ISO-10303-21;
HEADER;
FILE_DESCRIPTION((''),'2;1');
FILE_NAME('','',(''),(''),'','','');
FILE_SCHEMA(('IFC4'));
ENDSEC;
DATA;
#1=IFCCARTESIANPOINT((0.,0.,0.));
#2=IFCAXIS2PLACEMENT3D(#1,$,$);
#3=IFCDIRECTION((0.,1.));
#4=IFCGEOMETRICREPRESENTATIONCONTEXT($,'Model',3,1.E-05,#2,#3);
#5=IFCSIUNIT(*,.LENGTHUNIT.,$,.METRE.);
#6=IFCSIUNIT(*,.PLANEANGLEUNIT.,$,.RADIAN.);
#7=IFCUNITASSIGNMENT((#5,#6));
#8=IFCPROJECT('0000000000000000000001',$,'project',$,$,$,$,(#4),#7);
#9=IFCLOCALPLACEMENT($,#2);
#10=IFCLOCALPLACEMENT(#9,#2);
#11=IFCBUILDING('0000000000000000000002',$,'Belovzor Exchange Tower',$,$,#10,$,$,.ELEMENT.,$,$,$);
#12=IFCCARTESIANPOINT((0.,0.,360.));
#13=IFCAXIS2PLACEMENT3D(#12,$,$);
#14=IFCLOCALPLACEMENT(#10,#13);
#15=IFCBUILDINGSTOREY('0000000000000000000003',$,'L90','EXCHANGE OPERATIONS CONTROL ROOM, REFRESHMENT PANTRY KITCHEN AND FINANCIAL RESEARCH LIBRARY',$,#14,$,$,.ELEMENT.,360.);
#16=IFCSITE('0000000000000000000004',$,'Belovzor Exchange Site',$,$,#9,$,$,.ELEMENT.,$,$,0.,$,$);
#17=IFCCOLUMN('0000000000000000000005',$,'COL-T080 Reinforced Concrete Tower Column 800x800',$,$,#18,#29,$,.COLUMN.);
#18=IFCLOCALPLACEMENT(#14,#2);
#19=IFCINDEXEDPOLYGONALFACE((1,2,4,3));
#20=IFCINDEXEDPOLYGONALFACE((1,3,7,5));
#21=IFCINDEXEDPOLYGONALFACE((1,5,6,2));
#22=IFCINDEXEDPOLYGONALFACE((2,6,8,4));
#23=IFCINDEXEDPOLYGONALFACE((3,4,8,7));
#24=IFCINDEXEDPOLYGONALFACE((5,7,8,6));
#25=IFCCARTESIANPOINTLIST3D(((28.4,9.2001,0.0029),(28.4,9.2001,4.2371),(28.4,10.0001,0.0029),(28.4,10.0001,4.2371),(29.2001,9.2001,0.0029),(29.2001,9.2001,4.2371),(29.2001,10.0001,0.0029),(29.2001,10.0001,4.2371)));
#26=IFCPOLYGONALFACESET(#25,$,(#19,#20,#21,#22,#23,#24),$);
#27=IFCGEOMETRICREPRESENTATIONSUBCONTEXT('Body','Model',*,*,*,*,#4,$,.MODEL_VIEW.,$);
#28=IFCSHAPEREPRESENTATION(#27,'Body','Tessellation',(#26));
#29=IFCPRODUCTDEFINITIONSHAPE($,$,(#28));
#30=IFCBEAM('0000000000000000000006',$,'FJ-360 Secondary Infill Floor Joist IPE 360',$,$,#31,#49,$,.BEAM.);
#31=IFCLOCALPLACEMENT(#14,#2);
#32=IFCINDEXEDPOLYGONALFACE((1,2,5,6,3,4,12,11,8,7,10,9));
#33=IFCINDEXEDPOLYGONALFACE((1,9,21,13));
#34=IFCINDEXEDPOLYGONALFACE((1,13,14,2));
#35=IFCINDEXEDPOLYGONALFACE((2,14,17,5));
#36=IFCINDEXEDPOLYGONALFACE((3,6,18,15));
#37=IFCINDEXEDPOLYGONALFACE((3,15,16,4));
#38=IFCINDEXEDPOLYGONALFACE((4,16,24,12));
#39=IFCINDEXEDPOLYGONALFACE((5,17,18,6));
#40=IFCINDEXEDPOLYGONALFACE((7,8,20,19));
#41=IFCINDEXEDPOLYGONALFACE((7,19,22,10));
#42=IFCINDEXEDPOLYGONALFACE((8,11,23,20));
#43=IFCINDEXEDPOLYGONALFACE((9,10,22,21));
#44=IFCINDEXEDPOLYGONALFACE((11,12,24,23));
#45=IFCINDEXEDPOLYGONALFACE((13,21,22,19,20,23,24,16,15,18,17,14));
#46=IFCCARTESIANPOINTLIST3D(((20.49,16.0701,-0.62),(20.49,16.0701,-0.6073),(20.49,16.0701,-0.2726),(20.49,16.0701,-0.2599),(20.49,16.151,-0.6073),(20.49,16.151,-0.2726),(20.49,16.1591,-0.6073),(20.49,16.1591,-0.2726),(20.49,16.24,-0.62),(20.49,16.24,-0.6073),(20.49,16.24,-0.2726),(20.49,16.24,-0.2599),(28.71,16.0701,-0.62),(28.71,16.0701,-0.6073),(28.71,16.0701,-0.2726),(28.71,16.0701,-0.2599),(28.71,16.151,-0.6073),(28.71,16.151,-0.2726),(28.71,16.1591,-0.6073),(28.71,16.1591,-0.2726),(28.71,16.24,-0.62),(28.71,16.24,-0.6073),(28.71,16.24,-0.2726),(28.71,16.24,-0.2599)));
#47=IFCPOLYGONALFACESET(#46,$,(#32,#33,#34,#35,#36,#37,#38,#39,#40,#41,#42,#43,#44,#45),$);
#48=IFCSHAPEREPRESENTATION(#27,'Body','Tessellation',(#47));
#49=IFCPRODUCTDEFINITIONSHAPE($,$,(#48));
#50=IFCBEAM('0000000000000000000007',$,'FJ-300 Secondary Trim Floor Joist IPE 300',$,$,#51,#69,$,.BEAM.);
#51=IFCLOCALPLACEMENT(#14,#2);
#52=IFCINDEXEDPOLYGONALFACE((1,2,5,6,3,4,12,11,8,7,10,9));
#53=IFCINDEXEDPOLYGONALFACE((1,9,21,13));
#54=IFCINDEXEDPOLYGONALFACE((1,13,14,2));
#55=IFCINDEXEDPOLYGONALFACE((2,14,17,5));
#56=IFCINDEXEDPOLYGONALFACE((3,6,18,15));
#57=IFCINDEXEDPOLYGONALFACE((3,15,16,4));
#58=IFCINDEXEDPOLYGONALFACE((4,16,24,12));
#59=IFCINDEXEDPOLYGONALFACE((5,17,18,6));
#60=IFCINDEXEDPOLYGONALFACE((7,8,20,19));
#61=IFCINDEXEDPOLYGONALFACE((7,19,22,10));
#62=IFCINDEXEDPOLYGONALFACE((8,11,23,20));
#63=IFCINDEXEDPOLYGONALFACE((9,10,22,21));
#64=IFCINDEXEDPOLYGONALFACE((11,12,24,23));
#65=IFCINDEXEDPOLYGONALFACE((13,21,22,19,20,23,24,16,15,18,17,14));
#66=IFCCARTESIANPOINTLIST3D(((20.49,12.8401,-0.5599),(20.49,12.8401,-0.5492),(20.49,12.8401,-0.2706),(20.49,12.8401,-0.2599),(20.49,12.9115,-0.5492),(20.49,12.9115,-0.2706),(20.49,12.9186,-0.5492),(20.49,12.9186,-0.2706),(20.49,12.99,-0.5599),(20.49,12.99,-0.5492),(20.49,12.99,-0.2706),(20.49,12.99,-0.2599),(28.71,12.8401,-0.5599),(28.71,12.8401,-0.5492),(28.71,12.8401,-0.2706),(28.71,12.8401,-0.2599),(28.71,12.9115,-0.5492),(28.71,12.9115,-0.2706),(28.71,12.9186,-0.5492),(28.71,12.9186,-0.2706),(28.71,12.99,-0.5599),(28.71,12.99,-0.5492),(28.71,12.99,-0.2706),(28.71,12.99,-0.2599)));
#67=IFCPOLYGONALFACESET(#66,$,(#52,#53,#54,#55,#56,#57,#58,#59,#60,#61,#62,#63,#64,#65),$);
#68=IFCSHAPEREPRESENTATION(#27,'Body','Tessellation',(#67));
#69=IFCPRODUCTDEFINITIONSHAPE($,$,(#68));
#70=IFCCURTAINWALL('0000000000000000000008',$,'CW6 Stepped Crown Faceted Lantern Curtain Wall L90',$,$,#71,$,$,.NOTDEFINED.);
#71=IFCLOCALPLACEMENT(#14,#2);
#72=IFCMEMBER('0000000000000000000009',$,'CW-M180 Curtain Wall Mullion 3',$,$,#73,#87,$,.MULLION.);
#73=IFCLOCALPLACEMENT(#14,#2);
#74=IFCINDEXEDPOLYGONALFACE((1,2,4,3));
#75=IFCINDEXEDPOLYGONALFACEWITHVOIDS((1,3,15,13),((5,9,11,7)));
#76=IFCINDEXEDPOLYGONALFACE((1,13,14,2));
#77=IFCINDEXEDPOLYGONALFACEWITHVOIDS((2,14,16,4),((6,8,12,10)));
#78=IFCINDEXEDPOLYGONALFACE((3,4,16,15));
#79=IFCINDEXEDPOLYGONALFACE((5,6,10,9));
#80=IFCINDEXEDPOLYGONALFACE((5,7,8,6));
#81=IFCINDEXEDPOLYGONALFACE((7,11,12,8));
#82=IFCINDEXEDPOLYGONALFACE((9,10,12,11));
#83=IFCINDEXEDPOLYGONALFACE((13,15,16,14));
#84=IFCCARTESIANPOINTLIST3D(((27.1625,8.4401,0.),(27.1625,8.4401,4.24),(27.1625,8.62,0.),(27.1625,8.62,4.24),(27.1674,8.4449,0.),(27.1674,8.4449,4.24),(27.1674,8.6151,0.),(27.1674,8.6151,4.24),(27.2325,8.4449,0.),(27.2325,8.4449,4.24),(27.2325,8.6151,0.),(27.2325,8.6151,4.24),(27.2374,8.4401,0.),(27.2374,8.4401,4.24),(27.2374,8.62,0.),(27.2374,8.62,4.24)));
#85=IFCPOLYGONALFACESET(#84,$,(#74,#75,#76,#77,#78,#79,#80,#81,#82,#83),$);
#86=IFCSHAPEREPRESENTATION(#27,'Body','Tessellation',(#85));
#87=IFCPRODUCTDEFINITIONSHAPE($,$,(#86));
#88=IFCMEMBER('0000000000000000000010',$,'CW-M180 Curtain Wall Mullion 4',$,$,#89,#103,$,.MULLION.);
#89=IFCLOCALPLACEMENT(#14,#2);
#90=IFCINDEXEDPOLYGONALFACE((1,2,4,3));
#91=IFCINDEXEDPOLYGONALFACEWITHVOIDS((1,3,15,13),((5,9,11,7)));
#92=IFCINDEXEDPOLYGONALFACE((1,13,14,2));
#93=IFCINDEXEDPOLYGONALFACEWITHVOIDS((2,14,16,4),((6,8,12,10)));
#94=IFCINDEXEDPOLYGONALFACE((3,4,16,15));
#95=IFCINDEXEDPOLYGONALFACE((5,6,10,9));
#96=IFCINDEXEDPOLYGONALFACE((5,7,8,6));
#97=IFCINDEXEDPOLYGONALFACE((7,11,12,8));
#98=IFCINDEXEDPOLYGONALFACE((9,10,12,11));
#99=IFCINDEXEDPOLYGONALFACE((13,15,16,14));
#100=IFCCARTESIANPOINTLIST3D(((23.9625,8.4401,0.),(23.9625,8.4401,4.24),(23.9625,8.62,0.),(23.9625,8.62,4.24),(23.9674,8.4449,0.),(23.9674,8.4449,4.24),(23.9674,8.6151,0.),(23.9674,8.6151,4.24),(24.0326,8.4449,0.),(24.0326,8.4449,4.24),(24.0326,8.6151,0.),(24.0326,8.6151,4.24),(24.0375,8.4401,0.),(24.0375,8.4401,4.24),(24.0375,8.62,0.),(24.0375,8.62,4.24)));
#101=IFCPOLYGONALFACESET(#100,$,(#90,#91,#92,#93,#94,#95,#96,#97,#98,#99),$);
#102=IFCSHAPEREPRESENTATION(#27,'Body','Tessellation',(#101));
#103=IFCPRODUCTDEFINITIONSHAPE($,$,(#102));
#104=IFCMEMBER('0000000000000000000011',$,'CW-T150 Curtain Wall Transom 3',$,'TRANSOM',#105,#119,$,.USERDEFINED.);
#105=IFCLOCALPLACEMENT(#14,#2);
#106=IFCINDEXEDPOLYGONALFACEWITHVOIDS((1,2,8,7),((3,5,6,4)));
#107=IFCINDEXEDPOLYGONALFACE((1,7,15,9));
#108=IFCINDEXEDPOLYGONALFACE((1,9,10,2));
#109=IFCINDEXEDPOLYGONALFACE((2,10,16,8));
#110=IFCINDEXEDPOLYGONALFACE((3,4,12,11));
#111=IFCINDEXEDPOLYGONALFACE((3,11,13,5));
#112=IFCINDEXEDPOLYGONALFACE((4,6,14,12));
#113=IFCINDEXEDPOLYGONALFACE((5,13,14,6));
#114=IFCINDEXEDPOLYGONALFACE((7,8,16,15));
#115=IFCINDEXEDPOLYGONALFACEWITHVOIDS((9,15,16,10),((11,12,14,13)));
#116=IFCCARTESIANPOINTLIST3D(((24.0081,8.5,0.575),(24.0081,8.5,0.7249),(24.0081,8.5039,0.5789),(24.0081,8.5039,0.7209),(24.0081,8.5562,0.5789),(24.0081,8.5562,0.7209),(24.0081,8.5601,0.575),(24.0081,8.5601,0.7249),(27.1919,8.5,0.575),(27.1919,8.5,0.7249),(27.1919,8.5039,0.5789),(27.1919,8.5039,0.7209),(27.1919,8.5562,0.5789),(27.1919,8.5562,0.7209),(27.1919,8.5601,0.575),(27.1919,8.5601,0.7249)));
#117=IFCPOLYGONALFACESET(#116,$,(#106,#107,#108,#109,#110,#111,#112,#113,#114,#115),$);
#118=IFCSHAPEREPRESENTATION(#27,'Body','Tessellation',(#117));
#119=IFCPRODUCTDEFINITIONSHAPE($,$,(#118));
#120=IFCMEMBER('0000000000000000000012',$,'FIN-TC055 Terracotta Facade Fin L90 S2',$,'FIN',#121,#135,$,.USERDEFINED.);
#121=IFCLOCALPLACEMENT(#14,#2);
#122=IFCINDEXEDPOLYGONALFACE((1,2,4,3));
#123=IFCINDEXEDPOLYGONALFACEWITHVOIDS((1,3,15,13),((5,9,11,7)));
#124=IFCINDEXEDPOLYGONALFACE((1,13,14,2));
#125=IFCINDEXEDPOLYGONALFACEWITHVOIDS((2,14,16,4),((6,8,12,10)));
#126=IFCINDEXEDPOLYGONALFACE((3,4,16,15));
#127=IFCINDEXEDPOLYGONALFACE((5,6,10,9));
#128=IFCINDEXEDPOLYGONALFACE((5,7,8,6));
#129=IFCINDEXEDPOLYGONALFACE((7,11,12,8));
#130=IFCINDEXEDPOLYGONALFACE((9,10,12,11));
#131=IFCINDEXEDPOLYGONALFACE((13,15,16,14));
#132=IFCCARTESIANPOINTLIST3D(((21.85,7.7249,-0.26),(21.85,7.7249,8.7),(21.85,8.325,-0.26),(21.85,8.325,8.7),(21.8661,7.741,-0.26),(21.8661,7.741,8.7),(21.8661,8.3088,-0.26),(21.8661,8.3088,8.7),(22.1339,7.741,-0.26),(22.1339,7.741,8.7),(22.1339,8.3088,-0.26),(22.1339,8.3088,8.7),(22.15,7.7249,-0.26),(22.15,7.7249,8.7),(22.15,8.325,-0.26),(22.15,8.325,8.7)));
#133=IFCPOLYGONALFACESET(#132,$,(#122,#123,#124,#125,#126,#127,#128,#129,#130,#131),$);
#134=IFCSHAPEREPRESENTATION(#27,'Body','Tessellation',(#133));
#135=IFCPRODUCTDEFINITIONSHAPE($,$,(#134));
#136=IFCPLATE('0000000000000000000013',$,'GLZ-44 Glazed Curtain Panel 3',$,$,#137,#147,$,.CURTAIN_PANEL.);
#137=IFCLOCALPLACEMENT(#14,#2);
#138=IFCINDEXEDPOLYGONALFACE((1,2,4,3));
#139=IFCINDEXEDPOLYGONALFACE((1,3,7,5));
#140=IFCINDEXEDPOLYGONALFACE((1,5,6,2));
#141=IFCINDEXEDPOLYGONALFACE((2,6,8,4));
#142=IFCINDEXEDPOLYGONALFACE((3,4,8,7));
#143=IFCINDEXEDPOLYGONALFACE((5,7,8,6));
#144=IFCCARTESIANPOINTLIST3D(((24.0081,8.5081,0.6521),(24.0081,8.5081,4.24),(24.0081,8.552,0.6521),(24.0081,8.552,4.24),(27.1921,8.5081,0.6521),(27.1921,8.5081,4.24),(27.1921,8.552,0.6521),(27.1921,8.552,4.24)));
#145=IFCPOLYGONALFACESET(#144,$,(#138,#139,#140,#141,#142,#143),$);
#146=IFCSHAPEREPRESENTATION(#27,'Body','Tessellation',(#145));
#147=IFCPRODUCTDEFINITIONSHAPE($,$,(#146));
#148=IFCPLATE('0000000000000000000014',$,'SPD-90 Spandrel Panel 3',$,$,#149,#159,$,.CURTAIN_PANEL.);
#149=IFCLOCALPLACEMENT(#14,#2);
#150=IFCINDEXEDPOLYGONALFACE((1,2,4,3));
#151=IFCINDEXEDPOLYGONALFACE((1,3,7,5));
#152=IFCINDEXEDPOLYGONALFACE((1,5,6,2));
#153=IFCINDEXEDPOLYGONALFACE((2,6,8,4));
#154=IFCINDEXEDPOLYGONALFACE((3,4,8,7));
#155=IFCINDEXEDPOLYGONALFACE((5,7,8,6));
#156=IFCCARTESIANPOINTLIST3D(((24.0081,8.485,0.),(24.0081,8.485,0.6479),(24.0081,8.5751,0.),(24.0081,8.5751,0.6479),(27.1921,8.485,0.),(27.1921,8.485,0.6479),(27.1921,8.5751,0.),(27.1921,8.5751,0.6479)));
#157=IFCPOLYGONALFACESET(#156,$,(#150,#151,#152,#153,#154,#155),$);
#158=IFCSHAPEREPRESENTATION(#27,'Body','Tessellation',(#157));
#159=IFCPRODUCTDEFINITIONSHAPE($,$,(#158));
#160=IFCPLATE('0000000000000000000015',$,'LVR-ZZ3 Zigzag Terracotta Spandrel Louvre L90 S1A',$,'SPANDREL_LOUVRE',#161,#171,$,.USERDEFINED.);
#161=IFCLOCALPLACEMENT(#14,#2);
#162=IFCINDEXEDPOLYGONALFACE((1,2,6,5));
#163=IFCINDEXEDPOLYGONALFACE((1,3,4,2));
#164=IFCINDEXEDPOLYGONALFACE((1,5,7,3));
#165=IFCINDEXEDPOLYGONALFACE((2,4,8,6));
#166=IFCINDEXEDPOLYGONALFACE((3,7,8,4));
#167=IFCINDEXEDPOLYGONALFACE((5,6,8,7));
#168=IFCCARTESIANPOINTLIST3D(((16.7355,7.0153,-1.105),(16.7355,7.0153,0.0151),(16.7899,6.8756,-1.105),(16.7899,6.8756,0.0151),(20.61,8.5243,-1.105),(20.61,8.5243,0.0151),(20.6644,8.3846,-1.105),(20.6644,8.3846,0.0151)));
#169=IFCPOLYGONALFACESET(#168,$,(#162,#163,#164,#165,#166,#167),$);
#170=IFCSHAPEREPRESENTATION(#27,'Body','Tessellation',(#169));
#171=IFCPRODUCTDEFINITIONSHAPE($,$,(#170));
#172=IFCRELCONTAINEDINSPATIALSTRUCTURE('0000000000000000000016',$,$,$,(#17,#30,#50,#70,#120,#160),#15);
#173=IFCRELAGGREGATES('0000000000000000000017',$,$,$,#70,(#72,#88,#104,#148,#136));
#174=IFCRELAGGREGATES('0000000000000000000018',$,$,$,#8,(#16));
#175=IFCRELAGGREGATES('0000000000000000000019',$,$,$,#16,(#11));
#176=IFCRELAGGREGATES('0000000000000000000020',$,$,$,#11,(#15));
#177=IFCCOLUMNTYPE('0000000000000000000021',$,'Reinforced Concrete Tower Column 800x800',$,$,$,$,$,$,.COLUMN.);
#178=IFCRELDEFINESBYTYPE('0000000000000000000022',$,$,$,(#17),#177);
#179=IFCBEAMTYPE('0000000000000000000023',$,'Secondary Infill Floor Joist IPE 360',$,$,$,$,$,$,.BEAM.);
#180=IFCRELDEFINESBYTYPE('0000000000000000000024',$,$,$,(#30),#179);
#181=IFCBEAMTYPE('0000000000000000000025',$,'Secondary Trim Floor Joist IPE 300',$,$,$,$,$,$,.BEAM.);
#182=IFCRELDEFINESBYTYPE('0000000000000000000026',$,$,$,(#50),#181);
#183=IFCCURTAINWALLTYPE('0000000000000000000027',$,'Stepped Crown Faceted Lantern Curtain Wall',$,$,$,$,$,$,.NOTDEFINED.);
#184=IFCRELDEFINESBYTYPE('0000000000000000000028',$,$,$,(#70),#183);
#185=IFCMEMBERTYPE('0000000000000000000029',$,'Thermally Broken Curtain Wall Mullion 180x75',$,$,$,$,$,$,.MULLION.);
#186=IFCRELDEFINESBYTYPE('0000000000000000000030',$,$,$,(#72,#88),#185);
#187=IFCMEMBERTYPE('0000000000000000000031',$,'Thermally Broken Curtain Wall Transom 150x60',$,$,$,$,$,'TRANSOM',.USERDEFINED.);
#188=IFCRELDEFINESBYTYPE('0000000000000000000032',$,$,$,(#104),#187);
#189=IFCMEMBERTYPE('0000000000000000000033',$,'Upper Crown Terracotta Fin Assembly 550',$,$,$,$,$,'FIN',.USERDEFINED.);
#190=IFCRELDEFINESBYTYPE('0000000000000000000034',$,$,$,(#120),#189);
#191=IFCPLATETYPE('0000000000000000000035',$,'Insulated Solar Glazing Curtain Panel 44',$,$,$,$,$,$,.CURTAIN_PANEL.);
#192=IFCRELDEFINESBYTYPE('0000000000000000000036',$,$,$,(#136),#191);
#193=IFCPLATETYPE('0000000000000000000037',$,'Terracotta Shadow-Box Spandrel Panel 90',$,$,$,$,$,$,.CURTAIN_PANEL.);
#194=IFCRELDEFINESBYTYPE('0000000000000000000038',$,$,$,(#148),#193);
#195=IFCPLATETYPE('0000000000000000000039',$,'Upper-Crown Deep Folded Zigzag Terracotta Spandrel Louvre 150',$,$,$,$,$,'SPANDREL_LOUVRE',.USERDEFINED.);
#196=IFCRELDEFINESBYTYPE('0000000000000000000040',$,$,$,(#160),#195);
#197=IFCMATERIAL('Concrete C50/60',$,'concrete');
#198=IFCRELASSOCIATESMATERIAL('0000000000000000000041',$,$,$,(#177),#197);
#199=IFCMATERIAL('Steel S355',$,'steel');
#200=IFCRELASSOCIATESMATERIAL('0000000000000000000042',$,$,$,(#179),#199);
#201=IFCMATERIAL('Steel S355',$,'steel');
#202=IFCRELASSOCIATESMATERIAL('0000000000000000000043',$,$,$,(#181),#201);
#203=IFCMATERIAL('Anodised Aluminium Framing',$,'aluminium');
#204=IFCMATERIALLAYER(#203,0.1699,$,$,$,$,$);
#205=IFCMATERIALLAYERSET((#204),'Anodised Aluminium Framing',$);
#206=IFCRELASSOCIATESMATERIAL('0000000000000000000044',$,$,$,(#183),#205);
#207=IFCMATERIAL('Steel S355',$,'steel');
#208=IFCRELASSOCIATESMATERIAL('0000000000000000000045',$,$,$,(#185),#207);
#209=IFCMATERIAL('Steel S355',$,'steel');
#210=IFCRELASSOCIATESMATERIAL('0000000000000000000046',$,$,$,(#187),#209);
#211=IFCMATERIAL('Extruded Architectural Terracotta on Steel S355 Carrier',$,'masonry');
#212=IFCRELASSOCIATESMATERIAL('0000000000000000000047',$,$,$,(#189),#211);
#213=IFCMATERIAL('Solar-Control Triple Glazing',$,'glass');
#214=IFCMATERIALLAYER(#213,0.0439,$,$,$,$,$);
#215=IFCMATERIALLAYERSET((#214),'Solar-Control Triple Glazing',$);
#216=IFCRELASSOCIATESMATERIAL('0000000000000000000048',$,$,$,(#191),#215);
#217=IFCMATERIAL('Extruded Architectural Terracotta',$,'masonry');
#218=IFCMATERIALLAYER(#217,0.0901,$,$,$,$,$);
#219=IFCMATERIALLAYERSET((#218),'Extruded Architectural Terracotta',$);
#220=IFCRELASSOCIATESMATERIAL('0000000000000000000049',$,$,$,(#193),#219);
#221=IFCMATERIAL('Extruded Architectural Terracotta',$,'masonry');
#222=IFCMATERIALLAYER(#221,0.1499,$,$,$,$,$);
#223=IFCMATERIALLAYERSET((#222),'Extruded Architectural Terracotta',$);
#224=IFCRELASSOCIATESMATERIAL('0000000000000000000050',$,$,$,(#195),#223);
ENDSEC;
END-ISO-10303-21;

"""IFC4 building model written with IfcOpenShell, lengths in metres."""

from ifc_helpers import new_model, si_unit, direction, frame, origin, origin_2d, place, context, subcontext, project, spatial, rectangle, hollow_rectangle, i_section, extrude, material, layer, layer_set, material_profile, profile_set, type_object, element, aggregate, save


model = new_model("IFC4")

# Units and contexts
model_context = context("Model", 3, precision=1e-05, world=origin(), true_north=direction((0.0, 1.0)))
body_context = subcontext(model_context, "Body", "Model", "MODEL_VIEW")
ifc_project = project(units=[si_unit("LENGTHUNIT", "METRE"), si_unit("PLANEANGLEUNIT", "RADIAN")], contexts=[model_context])

# Site, building, storey
site_placement = place(None, origin())
site = spatial("IfcSite", under=ifc_project, at=site_placement, Name="Belovzor Exchange Site", CompositionType="ELEMENT", RefElevation=0.0)
building_placement = place(site_placement, origin())
building = spatial("IfcBuilding", under=site, at=building_placement, Name="Belovzor Exchange Tower", CompositionType="ELEMENT")
storey_placement = place(building_placement, frame((0.0, 0.0, 360.0)))
storey = spatial("IfcBuildingStorey", under=building, at=storey_placement, Name="L90", Description="EXCHANGE OPERATIONS CONTROL ROOM, REFRESHMENT PANTRY KITCHEN AND FINANCIAL RESEARCH LIBRARY", CompositionType="ELEMENT", Elevation=360.0)

# Column
ifc_material_1 = material(Name="Concrete C50/60", Category="concrete")
ifc_material_profile_1 = material_profile(ifc_material_1, rectangle(XDim=0.8, YDim=0.8, at=origin_2d()))
ifc_profile_set_1 = profile_set([ifc_material_profile_1], Name="Concrete C50/60")
column_type = type_object("IfcColumnType", Name="Reinforced Concrete Tower Column 800x800", PredefinedType="COLUMN", material=ifc_profile_set_1)
column_placement = place(storey_placement, frame((28.8, 9.6001, 0.0029), z_axis=(0.0, 0.0, 1.0), x_axis=(1.0, 0.0, 0.0)))
element("IfcColumn", 1, at=column_placement, inside=storey, type_object=column_type, Name="COL-T080 Reinforced Concrete Tower Column 800x800", PredefinedType="COLUMN", context=body_context, shape_type="SweptSolid", body=[
    extrude(rectangle(XDim=0.8, YDim=0.8, at=origin_2d()), origin(), (0.0, 0.0, 1.0), 4.2341),
])

# Beams
ifc_material_2 = material(Name="Steel S355", Category="steel")
ifc_material_profile_2 = material_profile(ifc_material_2, i_section(OverallWidth=0.1699, OverallDepth=0.3601, WebThickness=0.0081, FlangeThickness=0.0127, at=origin_2d()))
ifc_profile_set_2 = profile_set([ifc_material_profile_2], Name="Steel S355")
beam_type_1 = type_object("IfcBeamType", Name="Secondary Infill Floor Joist IPE 360", PredefinedType="BEAM", material=ifc_profile_set_2)
beam_1_placement = place(storey_placement, frame((20.49, 16.155, -0.4399), z_axis=(1.0, 0.0, 0.0), x_axis=(0.0, 1.0, 0.0)))
element("IfcBeam", 2, at=beam_1_placement, inside=storey, type_object=beam_type_1, Name="FJ-360 Secondary Infill Floor Joist IPE 360", PredefinedType="BEAM", context=body_context, shape_type="SweptSolid", body=[
    extrude(i_section(OverallWidth=0.1699, OverallDepth=0.3601, WebThickness=0.0081, FlangeThickness=0.0127, at=origin_2d()), origin(), (0.0, 0.0, 1.0), 8.22),
])
ifc_material_3 = material(Name="Steel S355", Category="steel")
ifc_material_profile_3 = material_profile(ifc_material_3, i_section(OverallWidth=0.1499, OverallDepth=0.3, WebThickness=0.0071, FlangeThickness=0.0107, at=origin_2d()))
ifc_profile_set_3 = profile_set([ifc_material_profile_3], Name="Steel S355")
beam_type_2 = type_object("IfcBeamType", Name="Secondary Trim Floor Joist IPE 300", PredefinedType="BEAM", material=ifc_profile_set_3)
beam_2_placement = place(storey_placement, frame((20.49, 12.915, -0.4099), z_axis=(1.0, 0.0, 0.0), x_axis=(0.0, 1.0, 0.0)))
element("IfcBeam", 3, at=beam_2_placement, inside=storey, type_object=beam_type_2, Name="FJ-300 Secondary Trim Floor Joist IPE 300", PredefinedType="BEAM", context=body_context, shape_type="SweptSolid", body=[
    extrude(i_section(OverallWidth=0.1499, OverallDepth=0.3, WebThickness=0.0071, FlangeThickness=0.0107, at=origin_2d()), origin(), (0.0, 0.0, 1.0), 8.22),
])

# Curtain wall, members
ifc_material_4 = material(Name="Anodised Aluminium Framing", Category="aluminium")
ifc_layer_1 = layer(ifc_material_4, 0.1699)
ifc_layer_set_1 = layer_set([ifc_layer_1], Name="Anodised Aluminium Framing")
curtain_wall_type = type_object("IfcCurtainWallType", Name="Stepped Crown Faceted Lantern Curtain Wall", PredefinedType="NOTDEFINED", material=ifc_layer_set_1)
curtain_wall_placement = place(storey_placement, origin())
curtain_wall = element("IfcCurtainWall", 4, at=curtain_wall_placement, inside=storey, type_object=curtain_wall_type, Name="CW6 Stepped Crown Faceted Lantern Curtain Wall L90", PredefinedType="NOTDEFINED")
ifc_material_5 = material(Name="Steel S355", Category="steel")
ifc_material_profile_4 = material_profile(ifc_material_5, hollow_rectangle(XDim=0.075, YDim=0.1799, WallThickness=0.0049, at=origin_2d()))
ifc_profile_set_4 = profile_set([ifc_material_profile_4], Name="Steel S355")
member_type_1 = type_object("IfcMemberType", Name="Thermally Broken Curtain Wall Mullion 180x75", PredefinedType="MULLION", material=ifc_profile_set_4)
member_1_placement = place(storey_placement, frame((27.2, 8.53, 0.0), z_axis=(0.0, 0.0, 1.0), x_axis=(-1.0, 0.0, 0.0)))
member_1 = element("IfcMember", 5, at=member_1_placement, type_object=member_type_1, Name="CW-M180 Curtain Wall Mullion 3", PredefinedType="MULLION", context=body_context, shape_type="SweptSolid", body=[
    extrude(hollow_rectangle(XDim=0.075, YDim=0.1799, WallThickness=0.0049, at=origin_2d()), origin(), (0.0, 0.0, 1.0), 4.24),
])
member_2_placement = place(storey_placement, frame((24.0, 8.53, 0.0), z_axis=(0.0, 0.0, 1.0), x_axis=(-1.0, 0.0, 0.0)))
member_2 = element("IfcMember", 6, at=member_2_placement, type_object=member_type_1, Name="CW-M180 Curtain Wall Mullion 4", PredefinedType="MULLION", context=body_context, shape_type="SweptSolid", body=[
    extrude(hollow_rectangle(XDim=0.075, YDim=0.1799, WallThickness=0.0049, at=origin_2d()), origin(), (0.0, 0.0, 1.0), 4.24),
])
ifc_material_6 = material(Name="Steel S355", Category="steel")
ifc_material_profile_5 = material_profile(ifc_material_6, hollow_rectangle(XDim=0.0601, YDim=0.1499, WallThickness=0.0039, at=origin_2d()))
ifc_profile_set_5 = profile_set([ifc_material_profile_5], Name="Steel S355")
member_type_2 = type_object("IfcMemberType", Name="Thermally Broken Curtain Wall Transom 150x60", ElementType="TRANSOM", PredefinedType="USERDEFINED", material=ifc_profile_set_5)
member_3_placement = place(storey_placement, frame((27.1919, 8.53, 0.6499), z_axis=(-1.0, 0.0, 0.0), x_axis=(0.0, -1.0, 0.0)))
member_3 = element("IfcMember", 7, at=member_3_placement, type_object=member_type_2, Name="CW-T150 Curtain Wall Transom 3", ObjectType="TRANSOM", PredefinedType="USERDEFINED", context=body_context, shape_type="SweptSolid", body=[
    extrude(hollow_rectangle(XDim=0.0601, YDim=0.1499, WallThickness=0.0039, at=origin_2d()), origin(), (0.0, 0.0, 1.0), 3.1838),
])

# Member
ifc_material_7 = material(Name="Extruded Architectural Terracotta on Steel S355 Carrier", Category="masonry")
ifc_material_profile_6 = material_profile(ifc_material_7, hollow_rectangle(XDim=0.3, YDim=0.6001, WallThickness=0.0161, at=origin_2d()))
ifc_profile_set_6 = profile_set([ifc_material_profile_6], Name="Extruded Architectural Terracotta on Steel S355 Carrier")
member_type_3 = type_object("IfcMemberType", Name="Upper Crown Terracotta Fin Assembly 550", ElementType="FIN", PredefinedType="USERDEFINED", material=ifc_profile_set_6)
member_4_placement = place(storey_placement, frame((22.0, 8.0249, -0.26), z_axis=(0.0, 0.0, 1.0), x_axis=(1.0, 0.0, 0.0)))
element("IfcMember", 8, at=member_4_placement, inside=storey, type_object=member_type_3, Name="FIN-TC055 Terracotta Facade Fin L90 S2", ObjectType="FIN", PredefinedType="USERDEFINED", context=body_context, shape_type="SweptSolid", body=[
    extrude(hollow_rectangle(XDim=0.3, YDim=0.6001, WallThickness=0.0161, at=origin_2d()), origin(), (0.0, 0.0, 1.0), 8.96),
])

# Plates
ifc_material_8 = material(Name="Solar-Control Triple Glazing", Category="glass")
ifc_layer_2 = layer(ifc_material_8, 0.0439)
ifc_layer_set_2 = layer_set([ifc_layer_2], Name="Solar-Control Triple Glazing")
plate_type_1 = type_object("IfcPlateType", Name="Insulated Solar Glazing Curtain Panel 44", PredefinedType="CURTAIN_PANEL", material=ifc_layer_set_2)
plate_1_placement = place(storey_placement, frame((25.6001, 8.53, 0.6521), z_axis=(0.0, 0.0, 1.0), x_axis=(-1.0, 0.0, 0.0)))
plate_1 = element("IfcPlate", 9, at=plate_1_placement, type_object=plate_type_1, Name="GLZ-44 Glazed Curtain Panel 3", PredefinedType="CURTAIN_PANEL", context=body_context, shape_type="SweptSolid", body=[
    extrude(rectangle(XDim=3.1841, YDim=0.0439, at=origin_2d()), origin(), (0.0, 0.0, 1.0), 3.5879),
])
ifc_material_9 = material(Name="Extruded Architectural Terracotta", Category="masonry")
ifc_layer_3 = layer(ifc_material_9, 0.0901)
ifc_layer_set_3 = layer_set([ifc_layer_3], Name="Extruded Architectural Terracotta")
plate_type_2 = type_object("IfcPlateType", Name="Terracotta Shadow-Box Spandrel Panel 90", PredefinedType="CURTAIN_PANEL", material=ifc_layer_set_3)
plate_2_placement = place(storey_placement, frame((25.6001, 8.53, 0.0), z_axis=(0.0, 0.0, 1.0), x_axis=(-1.0, 0.0, 0.0)))
plate_2 = element("IfcPlate", 10, at=plate_2_placement, type_object=plate_type_2, Name="SPD-90 Spandrel Panel 3", PredefinedType="CURTAIN_PANEL", context=body_context, shape_type="SweptSolid", body=[
    extrude(rectangle(XDim=3.1841, YDim=0.0901, at=origin_2d()), origin(), (0.0, 0.0, 1.0), 0.6479),
])
aggregate(curtain_wall, [member_1, member_2, member_3, plate_2, plate_1])

# Plate
ifc_material_10 = material(Name="Extruded Architectural Terracotta", Category="masonry")
ifc_layer_4 = layer(ifc_material_10, 0.1499)
ifc_layer_set_4 = layer_set([ifc_layer_4], Name="Extruded Architectural Terracotta")
plate_type_3 = type_object("IfcPlateType", Name="Upper-Crown Deep Folded Zigzag Terracotta Spandrel Louvre 150", ElementType="SPANDREL_LOUVRE", PredefinedType="USERDEFINED", material=ifc_layer_set_4)
for number, where, z_axis, x_axis, name in (
    (11, (18.7, 7.7, -1.105), (0.0, 0.0, 1.0), (0.931818, 0.362926, 0.0), "LVR-ZZ3 Zigzag Terracotta Spandrel Louvre L90 S1A"),
):
    element("IfcPlate", number, at=place(storey_placement, frame(where, z_axis=z_axis, x_axis=x_axis)), inside=storey, type_object=plate_type_3, Name=name, ObjectType="SPANDREL_LOUVRE", PredefinedType="USERDEFINED", context=body_context, shape_type="SweptSolid", body=[
        extrude(rectangle(XDim=4.158, YDim=0.1499, at=origin_2d()), origin(), (0.0, 0.0, 1.0), 1.1201),
    ])

save(model, "model.ifc")
